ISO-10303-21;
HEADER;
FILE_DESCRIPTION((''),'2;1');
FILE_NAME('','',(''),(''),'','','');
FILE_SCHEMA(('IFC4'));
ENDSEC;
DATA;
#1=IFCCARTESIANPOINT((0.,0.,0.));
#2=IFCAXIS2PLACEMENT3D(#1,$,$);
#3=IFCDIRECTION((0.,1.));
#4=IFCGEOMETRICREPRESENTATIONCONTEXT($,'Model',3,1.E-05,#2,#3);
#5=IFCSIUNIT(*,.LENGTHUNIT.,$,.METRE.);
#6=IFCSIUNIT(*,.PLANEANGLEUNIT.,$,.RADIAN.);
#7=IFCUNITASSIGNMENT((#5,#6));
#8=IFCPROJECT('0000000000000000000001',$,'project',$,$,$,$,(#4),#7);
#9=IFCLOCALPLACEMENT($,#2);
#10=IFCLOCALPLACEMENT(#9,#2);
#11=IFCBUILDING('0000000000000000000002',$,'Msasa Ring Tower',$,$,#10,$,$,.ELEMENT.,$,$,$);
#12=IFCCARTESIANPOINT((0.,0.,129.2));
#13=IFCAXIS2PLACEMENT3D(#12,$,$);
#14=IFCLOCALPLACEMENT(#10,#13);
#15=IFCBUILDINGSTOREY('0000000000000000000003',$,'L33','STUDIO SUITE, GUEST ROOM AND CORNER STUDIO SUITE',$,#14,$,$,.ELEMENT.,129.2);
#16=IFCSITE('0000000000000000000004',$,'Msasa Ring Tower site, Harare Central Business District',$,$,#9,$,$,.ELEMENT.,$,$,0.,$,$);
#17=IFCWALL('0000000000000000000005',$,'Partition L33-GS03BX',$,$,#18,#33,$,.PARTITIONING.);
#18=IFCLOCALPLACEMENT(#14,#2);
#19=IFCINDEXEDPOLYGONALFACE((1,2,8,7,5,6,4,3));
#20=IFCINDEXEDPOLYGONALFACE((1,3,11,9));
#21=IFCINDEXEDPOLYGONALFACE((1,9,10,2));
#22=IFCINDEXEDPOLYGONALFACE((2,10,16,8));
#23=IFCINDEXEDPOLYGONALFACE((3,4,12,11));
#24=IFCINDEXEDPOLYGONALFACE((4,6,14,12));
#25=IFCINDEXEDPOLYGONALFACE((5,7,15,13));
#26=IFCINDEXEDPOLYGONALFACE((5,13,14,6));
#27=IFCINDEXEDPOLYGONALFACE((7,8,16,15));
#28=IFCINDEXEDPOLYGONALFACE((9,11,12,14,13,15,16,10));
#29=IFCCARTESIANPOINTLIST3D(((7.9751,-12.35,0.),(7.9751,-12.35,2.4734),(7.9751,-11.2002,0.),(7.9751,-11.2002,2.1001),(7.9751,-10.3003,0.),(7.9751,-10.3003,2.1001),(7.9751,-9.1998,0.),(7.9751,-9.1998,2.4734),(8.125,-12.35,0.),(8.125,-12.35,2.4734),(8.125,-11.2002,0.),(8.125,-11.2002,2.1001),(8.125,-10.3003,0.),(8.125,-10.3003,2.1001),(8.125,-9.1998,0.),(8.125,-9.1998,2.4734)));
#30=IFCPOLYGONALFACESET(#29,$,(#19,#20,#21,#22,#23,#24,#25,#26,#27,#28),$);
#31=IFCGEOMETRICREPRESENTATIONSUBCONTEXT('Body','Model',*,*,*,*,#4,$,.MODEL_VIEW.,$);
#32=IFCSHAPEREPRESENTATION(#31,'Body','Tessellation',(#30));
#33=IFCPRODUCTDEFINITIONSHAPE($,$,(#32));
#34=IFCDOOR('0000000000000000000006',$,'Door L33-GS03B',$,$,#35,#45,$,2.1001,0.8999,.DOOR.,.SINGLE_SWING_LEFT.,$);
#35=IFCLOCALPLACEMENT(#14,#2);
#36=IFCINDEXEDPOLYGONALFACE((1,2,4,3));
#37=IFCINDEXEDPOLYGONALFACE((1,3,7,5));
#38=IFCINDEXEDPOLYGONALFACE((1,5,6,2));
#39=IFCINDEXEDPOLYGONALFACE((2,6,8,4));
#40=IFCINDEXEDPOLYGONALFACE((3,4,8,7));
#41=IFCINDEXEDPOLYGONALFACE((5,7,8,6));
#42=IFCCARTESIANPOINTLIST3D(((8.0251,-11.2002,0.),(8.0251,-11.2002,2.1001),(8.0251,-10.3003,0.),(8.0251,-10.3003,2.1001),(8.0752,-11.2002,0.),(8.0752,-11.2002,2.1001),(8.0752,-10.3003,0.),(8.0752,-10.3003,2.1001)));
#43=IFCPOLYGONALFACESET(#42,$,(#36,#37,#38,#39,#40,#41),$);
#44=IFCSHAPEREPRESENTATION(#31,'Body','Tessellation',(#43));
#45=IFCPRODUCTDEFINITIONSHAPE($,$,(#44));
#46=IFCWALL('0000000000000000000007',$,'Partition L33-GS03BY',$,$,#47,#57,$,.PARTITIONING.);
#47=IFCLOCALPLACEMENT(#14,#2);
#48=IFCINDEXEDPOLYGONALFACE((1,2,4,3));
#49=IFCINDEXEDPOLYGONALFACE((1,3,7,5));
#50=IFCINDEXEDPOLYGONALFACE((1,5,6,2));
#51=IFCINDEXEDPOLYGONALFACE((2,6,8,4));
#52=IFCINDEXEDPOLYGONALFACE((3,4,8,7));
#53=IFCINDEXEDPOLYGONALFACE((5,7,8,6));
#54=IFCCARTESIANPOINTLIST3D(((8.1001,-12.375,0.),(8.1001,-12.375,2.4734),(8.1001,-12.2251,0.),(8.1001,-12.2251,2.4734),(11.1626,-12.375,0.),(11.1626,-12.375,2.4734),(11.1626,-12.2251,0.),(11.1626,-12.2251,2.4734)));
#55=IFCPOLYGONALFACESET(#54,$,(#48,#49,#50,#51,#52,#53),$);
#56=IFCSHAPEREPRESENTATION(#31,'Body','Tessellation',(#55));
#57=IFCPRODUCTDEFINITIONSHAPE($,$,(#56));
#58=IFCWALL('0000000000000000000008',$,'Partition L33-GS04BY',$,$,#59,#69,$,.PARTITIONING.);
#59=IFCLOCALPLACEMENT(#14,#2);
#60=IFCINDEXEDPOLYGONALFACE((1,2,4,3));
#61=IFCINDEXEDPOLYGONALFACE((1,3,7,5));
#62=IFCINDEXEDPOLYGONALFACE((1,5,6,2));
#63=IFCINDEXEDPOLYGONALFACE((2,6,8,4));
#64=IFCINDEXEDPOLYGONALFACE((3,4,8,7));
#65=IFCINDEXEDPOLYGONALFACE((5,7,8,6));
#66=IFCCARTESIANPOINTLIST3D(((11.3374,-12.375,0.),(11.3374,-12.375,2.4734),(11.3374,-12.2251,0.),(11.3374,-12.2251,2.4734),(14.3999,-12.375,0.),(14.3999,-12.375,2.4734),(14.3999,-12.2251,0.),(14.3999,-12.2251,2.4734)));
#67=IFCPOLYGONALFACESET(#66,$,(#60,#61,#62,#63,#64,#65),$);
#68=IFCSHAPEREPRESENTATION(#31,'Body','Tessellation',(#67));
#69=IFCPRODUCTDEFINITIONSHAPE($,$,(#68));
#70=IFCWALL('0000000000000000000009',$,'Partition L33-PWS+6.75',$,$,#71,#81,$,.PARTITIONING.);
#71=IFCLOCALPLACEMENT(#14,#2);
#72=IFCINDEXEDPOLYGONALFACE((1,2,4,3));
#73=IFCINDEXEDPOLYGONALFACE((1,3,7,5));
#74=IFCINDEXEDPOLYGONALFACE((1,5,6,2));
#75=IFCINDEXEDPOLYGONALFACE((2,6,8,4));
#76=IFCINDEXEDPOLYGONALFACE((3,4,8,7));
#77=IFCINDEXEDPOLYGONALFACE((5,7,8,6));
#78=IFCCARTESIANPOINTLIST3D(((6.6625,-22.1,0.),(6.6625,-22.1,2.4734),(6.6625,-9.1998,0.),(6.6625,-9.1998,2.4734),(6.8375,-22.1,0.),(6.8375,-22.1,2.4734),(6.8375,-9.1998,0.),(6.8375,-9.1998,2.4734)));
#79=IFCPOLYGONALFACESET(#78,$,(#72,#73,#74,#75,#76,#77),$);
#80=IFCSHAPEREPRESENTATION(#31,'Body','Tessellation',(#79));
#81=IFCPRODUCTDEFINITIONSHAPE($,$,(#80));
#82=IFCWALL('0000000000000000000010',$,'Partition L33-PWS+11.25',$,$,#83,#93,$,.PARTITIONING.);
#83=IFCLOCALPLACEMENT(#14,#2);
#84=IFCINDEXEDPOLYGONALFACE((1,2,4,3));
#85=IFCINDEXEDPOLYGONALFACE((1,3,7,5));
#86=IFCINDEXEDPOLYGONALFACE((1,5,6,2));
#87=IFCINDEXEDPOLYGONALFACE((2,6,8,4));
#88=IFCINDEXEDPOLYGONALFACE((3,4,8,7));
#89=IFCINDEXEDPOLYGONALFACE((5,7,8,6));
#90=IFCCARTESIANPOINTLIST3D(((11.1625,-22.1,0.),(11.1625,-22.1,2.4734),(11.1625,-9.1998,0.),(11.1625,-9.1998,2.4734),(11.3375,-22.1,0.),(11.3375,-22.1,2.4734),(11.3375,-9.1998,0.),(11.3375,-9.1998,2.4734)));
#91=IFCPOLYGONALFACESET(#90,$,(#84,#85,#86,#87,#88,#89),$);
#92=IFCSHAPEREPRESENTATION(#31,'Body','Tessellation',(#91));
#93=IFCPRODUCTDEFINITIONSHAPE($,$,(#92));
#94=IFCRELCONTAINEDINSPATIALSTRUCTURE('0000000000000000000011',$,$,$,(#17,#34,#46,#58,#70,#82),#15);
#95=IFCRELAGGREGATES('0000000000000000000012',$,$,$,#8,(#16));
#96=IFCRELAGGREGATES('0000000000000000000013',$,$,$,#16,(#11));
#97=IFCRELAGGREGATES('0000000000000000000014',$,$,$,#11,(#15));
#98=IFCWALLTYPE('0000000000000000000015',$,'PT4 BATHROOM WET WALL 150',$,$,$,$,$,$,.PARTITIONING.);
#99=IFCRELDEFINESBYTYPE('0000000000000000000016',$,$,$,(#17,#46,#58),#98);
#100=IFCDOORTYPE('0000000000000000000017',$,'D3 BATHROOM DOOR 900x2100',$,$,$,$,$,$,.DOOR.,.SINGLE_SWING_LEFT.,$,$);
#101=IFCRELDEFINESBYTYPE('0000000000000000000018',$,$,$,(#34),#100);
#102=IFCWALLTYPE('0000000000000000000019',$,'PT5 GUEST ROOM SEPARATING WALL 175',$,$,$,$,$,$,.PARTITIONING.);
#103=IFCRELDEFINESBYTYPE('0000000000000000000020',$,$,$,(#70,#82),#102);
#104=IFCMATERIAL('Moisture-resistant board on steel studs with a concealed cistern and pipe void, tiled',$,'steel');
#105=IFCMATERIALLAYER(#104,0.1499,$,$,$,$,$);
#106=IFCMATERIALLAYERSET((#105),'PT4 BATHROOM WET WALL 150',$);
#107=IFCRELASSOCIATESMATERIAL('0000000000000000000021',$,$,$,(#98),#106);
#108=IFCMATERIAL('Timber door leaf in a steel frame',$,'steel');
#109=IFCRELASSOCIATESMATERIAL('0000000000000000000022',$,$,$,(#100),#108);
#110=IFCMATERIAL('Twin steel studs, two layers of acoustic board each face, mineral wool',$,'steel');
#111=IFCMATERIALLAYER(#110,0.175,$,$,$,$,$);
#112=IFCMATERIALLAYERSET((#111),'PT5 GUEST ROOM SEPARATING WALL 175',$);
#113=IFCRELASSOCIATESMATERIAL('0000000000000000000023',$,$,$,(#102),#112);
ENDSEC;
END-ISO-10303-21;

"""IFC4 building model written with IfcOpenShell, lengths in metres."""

from ifc_helpers import new_model, si_unit, direction, frame, frame_2d, origin, place, context, subcontext, project, spatial, rectangle, extrude, material, layer, layer_set, type_object, element, fill, save


model = new_model("IFC4")

# Units and contexts
model_context = context("Model", 3, precision=1e-05, world=origin(), true_north=direction((0.0, 1.0)))
body_context = subcontext(model_context, "Body", "Model", "MODEL_VIEW")
ifc_project = project(units=[si_unit("LENGTHUNIT", "METRE"), si_unit("PLANEANGLEUNIT", "RADIAN")], contexts=[model_context])

# Site, building, storey
site_placement = place(None, origin())
site = spatial("IfcSite", under=ifc_project, at=site_placement, Name="Msasa Ring Tower site, Harare Central Business District", CompositionType="ELEMENT", RefElevation=0.0)
building_placement = place(site_placement, origin())
building = spatial("IfcBuilding", under=site, at=building_placement, Name="Msasa Ring Tower", CompositionType="ELEMENT")
storey_placement = place(building_placement, frame((0.0, 0.0, 129.2)))
storey = spatial("IfcBuildingStorey", under=building, at=storey_placement, Name="L33", Description="STUDIO SUITE, GUEST ROOM AND CORNER STUDIO SUITE", CompositionType="ELEMENT", Elevation=129.2)

# Shared definitions
ifc_material_1 = material(Name="Moisture-resistant board on steel studs with a concealed cistern and pipe void, tiled", Category="steel")
ifc_layer_1 = layer(ifc_material_1, 0.1499)
ifc_layer_set_1 = layer_set([ifc_layer_1], Name="PT4 BATHROOM WET WALL 150")
wall_type_1 = type_object("IfcWallType", Name="PT4 BATHROOM WET WALL 150", PredefinedType="PARTITIONING", material=ifc_layer_set_1)
ifc_material_2 = material(Name="Timber door leaf in a steel frame", Category="steel")
door_type = type_object("IfcDoorType", Name="D3 BATHROOM DOOR 900x2100", OperationType="SINGLE_SWING_LEFT", PredefinedType="DOOR", material=ifc_material_2)

# Wall, opening, door
wall_1_placement = place(storey_placement, frame((8.05, -12.3501, 0.0), z_axis=(0.0, 0.0, 1.0), x_axis=(0.0, 1.0, 0.0)))
wall_1 = element("IfcWall", 1, at=wall_1_placement, inside=storey, type_object=wall_type_1, Name="Partition L33-GS03BX", PredefinedType="PARTITIONING", context=body_context, shape_type="SweptSolid", body=[
    extrude(rectangle(XDim=3.1501, YDim=0.1499, at=frame_2d((1.5752, 0.0))), origin(), (0.0, 0.0, 1.0), 2.4734),
])
opening_1_placement = place(wall_1_placement, frame((1.1499, 0.0, 0.0)))
opening_1 = element("IfcOpeningElement", 2, at=opening_1_placement, cuts=wall_1, PredefinedType="OPENING", context=body_context, shape_type="SweptSolid", body=[
    extrude(rectangle(XDim=0.8999, YDim=2.1001, at=frame_2d((0.45, 1.05))), frame((0.0, 0.085, 0.0), z_axis=(0.0, -1.0, 0.0), x_axis=(1.0, 0.0, 0.0)), (0.0, 0.0, 1.0), 0.1699),
])
door_1_placement = place(opening_1_placement, origin())
door_1 = element("IfcDoor", 3, at=door_1_placement, inside=storey, type_object=door_type, Name="Door L33-GS03B", OperationType="SINGLE_SWING_LEFT", OverallHeight=2.1001, OverallWidth=0.8999, PredefinedType="DOOR", context=body_context, shape_type="SweptSolid", body=[
    extrude(rectangle(XDim=0.8999, YDim=2.1001, at=frame_2d((0.45, 1.05))), frame((0.0, 0.0249, 0.0), z_axis=(0.0, -1.0, 0.0), x_axis=(1.0, 0.0, 0.0)), (0.0, 0.0, 1.0), 0.05),
])
fill(opening_1, door_1)

# Walls
for number, where, z_axis, x_axis, name in (
    (4, (8.1001, -12.3, 0.0), (0.0, 0.0, 1.0), (1.0, 0.0, 0.0), "Partition L33-GS03BY"),
    (5, (11.3374, -12.3, 0.0), (0.0, 0.0, 1.0), (1.0, 0.0, 0.0), "Partition L33-GS04BY"),
):
    element("IfcWall", number, at=place(storey_placement, frame(where, z_axis=z_axis, x_axis=x_axis)), inside=storey, type_object=wall_type_1, Name=name, PredefinedType="PARTITIONING", context=body_context, shape_type="SweptSolid", body=[
        extrude(rectangle(XDim=3.0625, YDim=0.1499, at=frame_2d((1.5312, 0.0))), origin(), (0.0, 0.0, 1.0), 2.4734),
    ])
ifc_material_3 = material(Name="Twin steel studs, two layers of acoustic board each face, mineral wool", Category="steel")
ifc_layer_2 = layer(ifc_material_3, 0.175)
ifc_layer_set_2 = layer_set([ifc_layer_2], Name="PT5 GUEST ROOM SEPARATING WALL 175")
wall_type_2 = type_object("IfcWallType", Name="PT5 GUEST ROOM SEPARATING WALL 175", PredefinedType="PARTITIONING", material=ifc_layer_set_2)
for number, where, z_axis, x_axis, name in (
    (6, (6.75, -22.1001, 0.0), (0.0, 0.0, 1.0), (0.0, 1.0, 0.0), "Partition L33-PWS+6.75"),
    (7, (11.25, -22.1001, 0.0), (0.0, 0.0, 1.0), (0.0, 1.0, 0.0), "Partition L33-PWS+11.25"),
):
    element("IfcWall", number, at=place(storey_placement, frame(where, z_axis=z_axis, x_axis=x_axis)), inside=storey, type_object=wall_type_2, Name=name, PredefinedType="PARTITIONING", context=body_context, shape_type="SweptSolid", body=[
        extrude(rectangle(XDim=12.9001, YDim=0.175, at=frame_2d((6.4502, 0.0))), origin(), (0.0, 0.0, 1.0), 2.4734),
    ])

save(model, "model.ifc")
